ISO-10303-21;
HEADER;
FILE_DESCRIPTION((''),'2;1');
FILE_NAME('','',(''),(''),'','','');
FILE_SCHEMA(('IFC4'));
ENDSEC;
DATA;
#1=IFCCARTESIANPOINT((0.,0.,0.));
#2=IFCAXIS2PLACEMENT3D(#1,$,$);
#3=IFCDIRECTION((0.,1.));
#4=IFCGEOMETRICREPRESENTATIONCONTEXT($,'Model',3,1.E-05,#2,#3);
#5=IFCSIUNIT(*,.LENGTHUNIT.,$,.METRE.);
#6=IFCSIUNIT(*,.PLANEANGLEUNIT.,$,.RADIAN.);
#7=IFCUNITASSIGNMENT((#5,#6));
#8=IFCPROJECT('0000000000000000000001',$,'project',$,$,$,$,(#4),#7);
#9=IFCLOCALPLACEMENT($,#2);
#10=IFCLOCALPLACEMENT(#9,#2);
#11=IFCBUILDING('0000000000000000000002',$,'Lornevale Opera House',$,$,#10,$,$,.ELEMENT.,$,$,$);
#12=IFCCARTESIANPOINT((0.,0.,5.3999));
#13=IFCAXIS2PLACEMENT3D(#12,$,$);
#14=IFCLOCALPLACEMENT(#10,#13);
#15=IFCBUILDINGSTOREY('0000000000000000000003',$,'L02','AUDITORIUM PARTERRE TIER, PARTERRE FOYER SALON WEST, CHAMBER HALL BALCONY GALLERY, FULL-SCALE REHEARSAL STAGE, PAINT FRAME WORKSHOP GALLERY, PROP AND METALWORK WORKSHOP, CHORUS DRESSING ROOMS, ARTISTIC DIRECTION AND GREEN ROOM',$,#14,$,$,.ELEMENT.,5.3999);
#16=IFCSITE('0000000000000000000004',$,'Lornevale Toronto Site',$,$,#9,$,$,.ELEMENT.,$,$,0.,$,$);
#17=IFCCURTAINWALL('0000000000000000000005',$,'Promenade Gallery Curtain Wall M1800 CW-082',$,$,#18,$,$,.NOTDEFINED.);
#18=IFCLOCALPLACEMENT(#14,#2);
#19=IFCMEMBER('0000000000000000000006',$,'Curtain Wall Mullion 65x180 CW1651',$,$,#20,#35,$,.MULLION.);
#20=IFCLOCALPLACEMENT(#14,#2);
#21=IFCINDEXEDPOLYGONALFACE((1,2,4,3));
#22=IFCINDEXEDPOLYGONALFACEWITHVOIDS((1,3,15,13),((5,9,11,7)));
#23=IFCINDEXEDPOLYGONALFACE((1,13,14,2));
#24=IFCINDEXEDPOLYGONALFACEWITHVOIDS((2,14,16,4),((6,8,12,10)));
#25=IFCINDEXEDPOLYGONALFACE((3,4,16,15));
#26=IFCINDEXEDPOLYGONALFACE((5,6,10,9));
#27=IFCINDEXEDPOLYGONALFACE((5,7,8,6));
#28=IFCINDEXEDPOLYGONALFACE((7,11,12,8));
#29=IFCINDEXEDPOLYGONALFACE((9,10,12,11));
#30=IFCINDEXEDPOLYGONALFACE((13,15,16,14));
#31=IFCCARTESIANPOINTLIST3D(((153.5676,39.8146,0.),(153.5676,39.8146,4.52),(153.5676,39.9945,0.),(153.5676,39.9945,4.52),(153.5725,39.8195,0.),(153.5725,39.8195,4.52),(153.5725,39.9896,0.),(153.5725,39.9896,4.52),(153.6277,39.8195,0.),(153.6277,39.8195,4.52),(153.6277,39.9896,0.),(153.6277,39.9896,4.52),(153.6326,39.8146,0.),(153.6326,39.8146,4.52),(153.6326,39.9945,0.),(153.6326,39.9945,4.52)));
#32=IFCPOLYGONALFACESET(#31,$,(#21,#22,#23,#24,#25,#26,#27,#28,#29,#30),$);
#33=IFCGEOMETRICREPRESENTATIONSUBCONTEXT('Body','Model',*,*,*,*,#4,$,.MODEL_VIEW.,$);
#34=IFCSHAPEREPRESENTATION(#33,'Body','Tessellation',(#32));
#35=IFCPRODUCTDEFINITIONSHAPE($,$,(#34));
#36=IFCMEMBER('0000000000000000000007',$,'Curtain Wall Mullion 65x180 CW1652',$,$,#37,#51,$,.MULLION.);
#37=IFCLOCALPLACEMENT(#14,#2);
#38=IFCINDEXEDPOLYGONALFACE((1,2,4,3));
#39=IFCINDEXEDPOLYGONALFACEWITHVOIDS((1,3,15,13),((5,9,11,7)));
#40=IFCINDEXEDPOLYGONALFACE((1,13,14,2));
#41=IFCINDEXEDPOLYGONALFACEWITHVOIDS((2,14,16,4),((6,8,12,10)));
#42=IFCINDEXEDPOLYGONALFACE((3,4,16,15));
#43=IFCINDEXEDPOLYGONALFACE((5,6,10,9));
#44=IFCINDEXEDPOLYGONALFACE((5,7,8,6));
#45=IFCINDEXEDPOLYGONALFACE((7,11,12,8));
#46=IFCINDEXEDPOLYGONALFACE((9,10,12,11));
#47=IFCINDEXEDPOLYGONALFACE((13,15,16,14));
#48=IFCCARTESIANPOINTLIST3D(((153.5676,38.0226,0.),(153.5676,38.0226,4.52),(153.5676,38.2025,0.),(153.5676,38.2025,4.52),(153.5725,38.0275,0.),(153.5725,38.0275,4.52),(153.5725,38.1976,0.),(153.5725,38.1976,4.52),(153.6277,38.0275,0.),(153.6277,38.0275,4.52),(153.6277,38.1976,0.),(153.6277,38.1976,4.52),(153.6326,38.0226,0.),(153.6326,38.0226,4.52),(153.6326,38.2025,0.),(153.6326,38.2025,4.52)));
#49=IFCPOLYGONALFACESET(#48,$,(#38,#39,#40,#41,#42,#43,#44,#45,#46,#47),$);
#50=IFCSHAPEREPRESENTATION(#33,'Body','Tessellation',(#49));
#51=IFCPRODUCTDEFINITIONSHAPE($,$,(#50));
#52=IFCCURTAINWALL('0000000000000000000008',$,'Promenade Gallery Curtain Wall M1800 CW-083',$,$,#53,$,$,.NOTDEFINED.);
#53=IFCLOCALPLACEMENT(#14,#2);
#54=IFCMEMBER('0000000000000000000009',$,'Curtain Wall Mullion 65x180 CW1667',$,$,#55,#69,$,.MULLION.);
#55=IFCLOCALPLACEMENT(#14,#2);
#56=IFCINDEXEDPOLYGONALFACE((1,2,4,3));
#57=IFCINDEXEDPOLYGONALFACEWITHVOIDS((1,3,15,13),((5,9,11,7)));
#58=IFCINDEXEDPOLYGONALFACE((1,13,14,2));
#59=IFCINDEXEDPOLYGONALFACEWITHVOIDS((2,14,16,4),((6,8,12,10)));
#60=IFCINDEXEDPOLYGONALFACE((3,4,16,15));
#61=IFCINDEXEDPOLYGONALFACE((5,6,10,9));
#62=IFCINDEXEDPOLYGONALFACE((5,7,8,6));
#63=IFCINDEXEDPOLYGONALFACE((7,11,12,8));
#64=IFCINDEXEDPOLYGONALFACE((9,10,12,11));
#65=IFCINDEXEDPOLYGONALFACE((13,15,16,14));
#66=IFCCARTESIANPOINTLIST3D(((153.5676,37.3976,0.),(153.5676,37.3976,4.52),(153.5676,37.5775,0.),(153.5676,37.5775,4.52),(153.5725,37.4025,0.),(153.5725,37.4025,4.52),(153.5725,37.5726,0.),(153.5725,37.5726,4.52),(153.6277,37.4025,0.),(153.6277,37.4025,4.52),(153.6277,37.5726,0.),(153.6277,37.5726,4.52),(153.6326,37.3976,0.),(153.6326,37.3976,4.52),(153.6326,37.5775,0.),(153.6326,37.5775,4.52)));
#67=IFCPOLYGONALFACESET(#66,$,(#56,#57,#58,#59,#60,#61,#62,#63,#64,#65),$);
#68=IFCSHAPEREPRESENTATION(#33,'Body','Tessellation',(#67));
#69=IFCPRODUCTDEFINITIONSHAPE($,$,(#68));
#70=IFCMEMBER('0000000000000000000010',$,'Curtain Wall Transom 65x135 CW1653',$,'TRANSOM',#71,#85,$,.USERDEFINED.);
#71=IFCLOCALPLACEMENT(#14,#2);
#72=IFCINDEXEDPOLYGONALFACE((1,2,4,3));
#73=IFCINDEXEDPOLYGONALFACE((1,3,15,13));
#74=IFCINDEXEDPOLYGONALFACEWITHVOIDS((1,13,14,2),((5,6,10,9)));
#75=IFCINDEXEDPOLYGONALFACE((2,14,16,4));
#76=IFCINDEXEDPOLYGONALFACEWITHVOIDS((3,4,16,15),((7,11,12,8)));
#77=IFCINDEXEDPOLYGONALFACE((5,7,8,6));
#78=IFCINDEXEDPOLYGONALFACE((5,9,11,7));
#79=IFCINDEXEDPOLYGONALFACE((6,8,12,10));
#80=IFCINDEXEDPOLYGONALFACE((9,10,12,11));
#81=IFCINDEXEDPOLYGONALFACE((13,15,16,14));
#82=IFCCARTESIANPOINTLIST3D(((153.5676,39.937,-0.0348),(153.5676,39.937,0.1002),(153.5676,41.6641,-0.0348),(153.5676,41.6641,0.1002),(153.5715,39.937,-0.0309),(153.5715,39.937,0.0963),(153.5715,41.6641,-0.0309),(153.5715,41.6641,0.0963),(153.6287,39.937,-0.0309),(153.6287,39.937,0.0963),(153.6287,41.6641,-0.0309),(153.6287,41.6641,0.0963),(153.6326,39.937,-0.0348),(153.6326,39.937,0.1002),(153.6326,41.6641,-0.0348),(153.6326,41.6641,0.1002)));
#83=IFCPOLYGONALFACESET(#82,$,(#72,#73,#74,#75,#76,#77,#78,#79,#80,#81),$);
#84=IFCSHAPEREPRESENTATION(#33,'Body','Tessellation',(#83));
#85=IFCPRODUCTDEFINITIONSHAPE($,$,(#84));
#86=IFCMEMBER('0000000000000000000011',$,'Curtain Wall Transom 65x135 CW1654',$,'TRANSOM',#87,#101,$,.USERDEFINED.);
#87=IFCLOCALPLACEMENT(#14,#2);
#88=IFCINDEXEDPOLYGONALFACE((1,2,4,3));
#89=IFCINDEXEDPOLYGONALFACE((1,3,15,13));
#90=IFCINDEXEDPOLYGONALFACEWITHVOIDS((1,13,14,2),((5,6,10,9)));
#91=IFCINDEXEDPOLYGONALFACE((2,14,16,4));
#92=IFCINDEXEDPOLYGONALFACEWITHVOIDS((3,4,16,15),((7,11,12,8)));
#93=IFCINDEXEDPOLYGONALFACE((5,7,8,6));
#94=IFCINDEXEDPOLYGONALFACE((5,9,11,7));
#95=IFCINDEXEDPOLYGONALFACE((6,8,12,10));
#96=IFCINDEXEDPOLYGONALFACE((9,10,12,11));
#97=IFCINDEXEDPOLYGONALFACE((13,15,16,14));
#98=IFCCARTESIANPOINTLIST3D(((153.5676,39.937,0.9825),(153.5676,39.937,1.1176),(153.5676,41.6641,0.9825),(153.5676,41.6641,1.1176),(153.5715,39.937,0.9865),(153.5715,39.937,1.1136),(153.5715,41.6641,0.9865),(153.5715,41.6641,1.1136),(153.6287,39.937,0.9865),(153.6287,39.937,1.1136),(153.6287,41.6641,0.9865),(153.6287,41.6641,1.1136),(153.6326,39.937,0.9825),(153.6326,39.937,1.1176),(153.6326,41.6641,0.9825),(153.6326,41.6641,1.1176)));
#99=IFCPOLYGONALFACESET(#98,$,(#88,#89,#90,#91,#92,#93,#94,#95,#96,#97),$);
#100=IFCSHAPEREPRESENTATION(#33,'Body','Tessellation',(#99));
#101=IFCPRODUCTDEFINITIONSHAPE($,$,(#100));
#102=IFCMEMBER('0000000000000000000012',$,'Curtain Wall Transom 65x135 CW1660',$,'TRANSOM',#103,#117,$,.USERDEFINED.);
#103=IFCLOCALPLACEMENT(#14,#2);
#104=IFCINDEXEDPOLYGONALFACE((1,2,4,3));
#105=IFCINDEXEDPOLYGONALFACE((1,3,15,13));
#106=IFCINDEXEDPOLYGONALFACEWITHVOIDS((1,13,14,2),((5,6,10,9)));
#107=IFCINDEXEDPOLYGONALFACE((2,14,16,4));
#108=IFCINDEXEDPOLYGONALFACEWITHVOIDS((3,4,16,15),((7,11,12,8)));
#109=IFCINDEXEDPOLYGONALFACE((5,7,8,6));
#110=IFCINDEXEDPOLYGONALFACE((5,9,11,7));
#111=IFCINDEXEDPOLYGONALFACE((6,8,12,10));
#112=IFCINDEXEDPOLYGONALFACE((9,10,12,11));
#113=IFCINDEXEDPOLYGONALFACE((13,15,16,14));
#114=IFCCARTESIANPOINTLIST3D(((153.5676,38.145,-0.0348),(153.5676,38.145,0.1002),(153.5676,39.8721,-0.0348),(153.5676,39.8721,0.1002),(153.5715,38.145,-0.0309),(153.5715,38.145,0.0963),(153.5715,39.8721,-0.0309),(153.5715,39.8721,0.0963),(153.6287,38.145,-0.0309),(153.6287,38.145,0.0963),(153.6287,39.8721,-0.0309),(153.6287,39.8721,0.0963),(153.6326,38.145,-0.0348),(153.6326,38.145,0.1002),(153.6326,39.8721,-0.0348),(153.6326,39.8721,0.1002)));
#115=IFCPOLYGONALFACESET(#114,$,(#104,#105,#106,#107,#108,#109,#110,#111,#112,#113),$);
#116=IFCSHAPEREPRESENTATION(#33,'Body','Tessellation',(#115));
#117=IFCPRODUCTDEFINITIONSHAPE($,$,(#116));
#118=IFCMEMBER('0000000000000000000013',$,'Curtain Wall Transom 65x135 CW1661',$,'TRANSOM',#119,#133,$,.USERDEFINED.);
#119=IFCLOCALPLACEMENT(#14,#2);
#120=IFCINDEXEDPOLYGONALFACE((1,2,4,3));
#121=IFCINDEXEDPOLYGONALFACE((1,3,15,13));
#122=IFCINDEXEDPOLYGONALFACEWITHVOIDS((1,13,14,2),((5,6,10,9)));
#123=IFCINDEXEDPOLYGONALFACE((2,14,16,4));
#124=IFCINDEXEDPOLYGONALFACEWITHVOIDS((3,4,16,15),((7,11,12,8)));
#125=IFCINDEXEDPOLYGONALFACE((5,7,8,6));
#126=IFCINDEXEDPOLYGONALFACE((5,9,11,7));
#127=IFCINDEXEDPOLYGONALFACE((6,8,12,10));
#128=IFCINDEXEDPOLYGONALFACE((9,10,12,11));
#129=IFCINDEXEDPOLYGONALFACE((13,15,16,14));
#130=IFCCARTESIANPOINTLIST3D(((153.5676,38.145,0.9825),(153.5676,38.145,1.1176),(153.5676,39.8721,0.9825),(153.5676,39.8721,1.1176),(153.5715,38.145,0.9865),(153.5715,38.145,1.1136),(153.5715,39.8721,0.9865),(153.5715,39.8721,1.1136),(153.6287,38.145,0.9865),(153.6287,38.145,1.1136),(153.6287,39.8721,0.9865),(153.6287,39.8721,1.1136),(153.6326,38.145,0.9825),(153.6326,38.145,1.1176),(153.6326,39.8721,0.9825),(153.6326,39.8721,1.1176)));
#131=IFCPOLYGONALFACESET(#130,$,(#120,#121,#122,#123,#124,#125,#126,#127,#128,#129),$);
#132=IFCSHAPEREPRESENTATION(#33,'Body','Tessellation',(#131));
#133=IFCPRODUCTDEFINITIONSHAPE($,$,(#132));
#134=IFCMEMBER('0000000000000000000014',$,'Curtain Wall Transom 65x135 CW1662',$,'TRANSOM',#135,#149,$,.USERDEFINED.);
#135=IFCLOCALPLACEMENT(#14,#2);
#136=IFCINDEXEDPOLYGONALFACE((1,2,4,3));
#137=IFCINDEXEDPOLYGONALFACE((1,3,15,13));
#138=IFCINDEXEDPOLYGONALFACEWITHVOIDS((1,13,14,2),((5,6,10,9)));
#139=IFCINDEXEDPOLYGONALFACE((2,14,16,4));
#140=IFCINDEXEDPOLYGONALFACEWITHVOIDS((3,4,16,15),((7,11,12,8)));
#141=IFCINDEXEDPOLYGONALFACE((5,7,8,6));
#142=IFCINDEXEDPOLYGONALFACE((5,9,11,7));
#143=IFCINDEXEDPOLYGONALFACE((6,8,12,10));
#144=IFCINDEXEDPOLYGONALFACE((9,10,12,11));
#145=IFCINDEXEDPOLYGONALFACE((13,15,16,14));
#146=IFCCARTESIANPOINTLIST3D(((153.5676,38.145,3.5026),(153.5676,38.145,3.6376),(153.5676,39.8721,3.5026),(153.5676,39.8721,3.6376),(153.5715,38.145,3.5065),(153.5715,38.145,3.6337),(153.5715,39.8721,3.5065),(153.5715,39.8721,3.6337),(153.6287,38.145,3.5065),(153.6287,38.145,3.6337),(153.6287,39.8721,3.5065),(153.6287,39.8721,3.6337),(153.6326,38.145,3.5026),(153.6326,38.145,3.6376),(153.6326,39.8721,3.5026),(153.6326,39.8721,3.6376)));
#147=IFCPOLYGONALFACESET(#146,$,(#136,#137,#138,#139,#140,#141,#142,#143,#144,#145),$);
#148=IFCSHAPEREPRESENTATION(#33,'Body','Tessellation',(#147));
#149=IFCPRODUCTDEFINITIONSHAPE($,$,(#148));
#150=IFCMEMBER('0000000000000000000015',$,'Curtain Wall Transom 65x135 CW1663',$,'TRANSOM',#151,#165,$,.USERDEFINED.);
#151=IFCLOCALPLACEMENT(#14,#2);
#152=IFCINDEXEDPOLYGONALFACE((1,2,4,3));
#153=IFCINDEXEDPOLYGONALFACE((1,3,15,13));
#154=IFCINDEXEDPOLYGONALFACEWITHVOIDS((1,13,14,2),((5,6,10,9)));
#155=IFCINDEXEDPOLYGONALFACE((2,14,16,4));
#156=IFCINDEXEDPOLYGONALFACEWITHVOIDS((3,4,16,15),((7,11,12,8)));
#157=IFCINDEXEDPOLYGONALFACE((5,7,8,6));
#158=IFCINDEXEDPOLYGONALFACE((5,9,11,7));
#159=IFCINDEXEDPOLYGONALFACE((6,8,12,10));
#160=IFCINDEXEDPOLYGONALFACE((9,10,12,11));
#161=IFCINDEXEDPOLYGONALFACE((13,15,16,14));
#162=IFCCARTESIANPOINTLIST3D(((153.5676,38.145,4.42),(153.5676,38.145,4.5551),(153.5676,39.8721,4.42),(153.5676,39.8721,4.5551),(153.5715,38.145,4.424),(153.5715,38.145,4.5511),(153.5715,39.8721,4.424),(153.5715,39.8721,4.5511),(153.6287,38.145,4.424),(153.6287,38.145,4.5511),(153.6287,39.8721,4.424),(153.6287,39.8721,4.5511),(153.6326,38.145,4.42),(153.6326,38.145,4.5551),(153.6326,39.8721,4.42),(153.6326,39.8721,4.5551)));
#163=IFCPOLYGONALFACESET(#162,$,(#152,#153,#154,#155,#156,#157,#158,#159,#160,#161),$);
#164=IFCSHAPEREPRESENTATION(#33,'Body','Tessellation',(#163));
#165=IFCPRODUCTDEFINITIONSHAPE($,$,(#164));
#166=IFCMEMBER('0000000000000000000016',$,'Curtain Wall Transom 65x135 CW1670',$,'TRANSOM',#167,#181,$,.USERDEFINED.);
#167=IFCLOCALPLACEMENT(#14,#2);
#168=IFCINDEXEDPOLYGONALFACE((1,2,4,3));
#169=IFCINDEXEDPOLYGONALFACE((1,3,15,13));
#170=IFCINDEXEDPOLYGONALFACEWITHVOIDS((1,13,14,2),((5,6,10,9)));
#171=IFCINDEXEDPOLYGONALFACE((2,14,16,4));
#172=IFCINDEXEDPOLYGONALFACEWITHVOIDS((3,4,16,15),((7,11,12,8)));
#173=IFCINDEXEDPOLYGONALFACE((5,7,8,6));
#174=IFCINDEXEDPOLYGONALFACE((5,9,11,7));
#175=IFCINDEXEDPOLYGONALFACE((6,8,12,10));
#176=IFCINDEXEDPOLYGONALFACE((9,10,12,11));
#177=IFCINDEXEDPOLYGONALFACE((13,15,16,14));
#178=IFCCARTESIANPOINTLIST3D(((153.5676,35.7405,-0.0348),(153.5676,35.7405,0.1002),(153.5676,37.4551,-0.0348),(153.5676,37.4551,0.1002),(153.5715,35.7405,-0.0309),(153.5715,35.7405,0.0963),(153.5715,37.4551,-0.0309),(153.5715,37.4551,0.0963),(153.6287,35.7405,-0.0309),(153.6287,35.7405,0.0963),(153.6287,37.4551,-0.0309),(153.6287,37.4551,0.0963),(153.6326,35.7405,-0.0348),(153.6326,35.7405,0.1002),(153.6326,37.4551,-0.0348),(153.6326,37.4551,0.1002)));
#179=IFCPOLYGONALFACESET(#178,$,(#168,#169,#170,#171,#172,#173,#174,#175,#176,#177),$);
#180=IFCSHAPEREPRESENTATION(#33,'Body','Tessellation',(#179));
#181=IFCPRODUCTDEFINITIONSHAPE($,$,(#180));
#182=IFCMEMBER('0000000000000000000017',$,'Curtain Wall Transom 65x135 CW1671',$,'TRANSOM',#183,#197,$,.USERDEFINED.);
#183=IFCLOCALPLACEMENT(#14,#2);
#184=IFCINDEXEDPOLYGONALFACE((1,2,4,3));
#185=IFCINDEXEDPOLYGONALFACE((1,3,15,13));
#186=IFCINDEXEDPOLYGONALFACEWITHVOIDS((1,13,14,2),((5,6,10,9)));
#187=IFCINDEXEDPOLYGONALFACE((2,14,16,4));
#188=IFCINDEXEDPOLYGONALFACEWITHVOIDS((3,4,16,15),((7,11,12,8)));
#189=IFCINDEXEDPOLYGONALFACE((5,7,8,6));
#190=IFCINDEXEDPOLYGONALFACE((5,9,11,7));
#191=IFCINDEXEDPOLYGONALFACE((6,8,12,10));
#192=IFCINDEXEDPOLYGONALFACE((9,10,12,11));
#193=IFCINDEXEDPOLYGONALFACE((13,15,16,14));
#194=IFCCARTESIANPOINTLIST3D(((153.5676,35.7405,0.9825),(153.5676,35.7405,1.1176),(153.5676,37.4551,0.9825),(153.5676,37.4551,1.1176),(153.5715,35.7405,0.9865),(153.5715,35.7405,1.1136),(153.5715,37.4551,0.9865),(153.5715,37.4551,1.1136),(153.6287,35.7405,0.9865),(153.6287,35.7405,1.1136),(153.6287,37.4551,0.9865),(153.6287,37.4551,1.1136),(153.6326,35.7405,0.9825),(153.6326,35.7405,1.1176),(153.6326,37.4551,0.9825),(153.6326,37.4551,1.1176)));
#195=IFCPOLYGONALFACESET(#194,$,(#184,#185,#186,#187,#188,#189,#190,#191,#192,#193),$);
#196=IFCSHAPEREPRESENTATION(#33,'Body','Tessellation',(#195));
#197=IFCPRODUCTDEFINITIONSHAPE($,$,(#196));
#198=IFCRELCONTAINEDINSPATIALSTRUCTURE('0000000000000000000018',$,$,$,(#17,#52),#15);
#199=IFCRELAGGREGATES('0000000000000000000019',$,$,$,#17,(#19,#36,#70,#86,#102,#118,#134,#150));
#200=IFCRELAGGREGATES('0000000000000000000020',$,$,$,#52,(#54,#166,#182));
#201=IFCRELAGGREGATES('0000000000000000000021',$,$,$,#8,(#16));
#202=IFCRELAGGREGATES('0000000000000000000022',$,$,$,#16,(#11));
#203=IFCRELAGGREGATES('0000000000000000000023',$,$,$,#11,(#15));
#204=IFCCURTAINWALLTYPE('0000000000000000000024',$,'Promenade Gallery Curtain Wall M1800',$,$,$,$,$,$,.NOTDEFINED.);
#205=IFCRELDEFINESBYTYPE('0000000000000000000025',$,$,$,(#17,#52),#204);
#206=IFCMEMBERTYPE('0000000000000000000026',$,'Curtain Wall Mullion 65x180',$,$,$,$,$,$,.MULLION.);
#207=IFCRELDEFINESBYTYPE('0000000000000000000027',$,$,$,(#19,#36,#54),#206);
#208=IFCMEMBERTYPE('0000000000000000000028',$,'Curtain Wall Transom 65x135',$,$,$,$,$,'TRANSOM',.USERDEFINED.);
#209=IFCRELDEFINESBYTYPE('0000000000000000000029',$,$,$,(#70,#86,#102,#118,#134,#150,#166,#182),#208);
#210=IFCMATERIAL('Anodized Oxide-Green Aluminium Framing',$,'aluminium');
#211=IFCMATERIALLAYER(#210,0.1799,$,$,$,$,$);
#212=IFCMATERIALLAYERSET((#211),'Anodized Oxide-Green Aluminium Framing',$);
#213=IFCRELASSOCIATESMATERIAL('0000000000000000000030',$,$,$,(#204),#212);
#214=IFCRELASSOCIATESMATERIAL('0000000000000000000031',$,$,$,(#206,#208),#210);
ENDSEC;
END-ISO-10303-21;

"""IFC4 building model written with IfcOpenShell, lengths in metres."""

from ifc_helpers import new_model, si_unit, direction, frame, origin, origin_2d, place, context, subcontext, project, spatial, hollow_rectangle, extrude, material, layer, layer_set, material_profile, profile_set, type_object, element, aggregate, save


model = new_model("IFC4")

# Units and contexts
model_context = context("Model", 3, precision=1e-05, world=origin(), true_north=direction((0.0, 1.0)))
body_context = subcontext(model_context, "Body", "Model", "MODEL_VIEW")
ifc_project = project(units=[si_unit("LENGTHUNIT", "METRE"), si_unit("PLANEANGLEUNIT", "RADIAN")], contexts=[model_context])

# Site, building, storey
site_placement = place(None, origin())
site = spatial("IfcSite", under=ifc_project, at=site_placement, Name="Lornevale Toronto Site", CompositionType="ELEMENT", RefElevation=0.0)
building_placement = place(site_placement, origin())
building = spatial("IfcBuilding", under=site, at=building_placement, Name="Lornevale Opera House", CompositionType="ELEMENT")
storey_placement = place(building_placement, frame((0.0, 0.0, 5.3999)))
storey = spatial("IfcBuildingStorey", under=building, at=storey_placement, Name="L02", Description="AUDITORIUM PARTERRE TIER, PARTERRE FOYER SALON WEST, CHAMBER HALL BALCONY GALLERY, FULL-SCALE REHEARSAL STAGE, PAINT FRAME WORKSHOP GALLERY, PROP AND METALWORK WORKSHOP, CHORUS DRESSING ROOMS, ARTISTIC DIRECTION AND GREEN ROOM", CompositionType="ELEMENT", Elevation=5.3999)

# Curtain wall, members
ifc_material_1 = material(Name="Anodized Oxide-Green Aluminium Framing", Category="aluminium")
ifc_layer_1 = layer(ifc_material_1, 0.1799)
ifc_layer_set_1 = layer_set([ifc_layer_1], Name="Anodized Oxide-Green Aluminium Framing")
curtain_wall_type = type_object("IfcCurtainWallType", Name="Promenade Gallery Curtain Wall M1800", PredefinedType="NOTDEFINED", material=ifc_layer_set_1)
curtain_wall_1_placement = place(storey_placement, origin())
curtain_wall_1 = element("IfcCurtainWall", 1, at=curtain_wall_1_placement, inside=storey, type_object=curtain_wall_type, Name="Promenade Gallery Curtain Wall M1800 CW-082", PredefinedType="NOTDEFINED")
ifc_material_profile_1 = material_profile(ifc_material_1, hollow_rectangle(XDim=0.0649, YDim=0.1799, WallThickness=0.0049, at=origin_2d()), Name="ALU65x180x5")
ifc_profile_set_1 = profile_set([ifc_material_profile_1], Name="Anodized Oxide-Green Aluminium Framing")
member_type_1 = type_object("IfcMemberType", Name="Curtain Wall Mullion 65x180", PredefinedType="MULLION", material=ifc_profile_set_1)
member_1_placement = place(storey_placement, frame((153.6001, 39.9045, 0.0), z_axis=(0.0, 0.0, 1.0), x_axis=(1.0, 0.0, 0.0)))
member_1 = element("IfcMember", 2, at=member_1_placement, type_object=member_type_1, Name="Curtain Wall Mullion 65x180 CW1651", PredefinedType="MULLION", context=body_context, shape_type="SweptSolid", body=[
    extrude(hollow_rectangle(XDim=0.0649, YDim=0.1799, WallThickness=0.0049, at=origin_2d()), origin(), (0.0, 0.0, 1.0), 4.52),
])
member_2_placement = place(storey_placement, frame((153.6001, 38.1125, 0.0), z_axis=(0.0, 0.0, 1.0), x_axis=(1.0, 0.0, 0.0)))
member_2 = element("IfcMember", 3, at=member_2_placement, type_object=member_type_1, Name="Curtain Wall Mullion 65x180 CW1652", PredefinedType="MULLION", context=body_context, shape_type="SweptSolid", body=[
    extrude(hollow_rectangle(XDim=0.0649, YDim=0.1799, WallThickness=0.0049, at=origin_2d()), origin(), (0.0, 0.0, 1.0), 4.52),
])

# Curtain wall, member
curtain_wall_2_placement = place(storey_placement, origin())
curtain_wall_2 = element("IfcCurtainWall", 4, at=curtain_wall_2_placement, inside=storey, type_object=curtain_wall_type, Name="Promenade Gallery Curtain Wall M1800 CW-083", PredefinedType="NOTDEFINED")
member_3_placement = place(storey_placement, frame((153.6001, 37.4875, 0.0), z_axis=(0.0, 0.0, 1.0), x_axis=(1.0, 0.0, 0.0)))
member_3 = element("IfcMember", 5, at=member_3_placement, type_object=member_type_1, Name="Curtain Wall Mullion 65x180 CW1667", PredefinedType="MULLION", context=body_context, shape_type="SweptSolid", body=[
    extrude(hollow_rectangle(XDim=0.0649, YDim=0.1799, WallThickness=0.0049, at=origin_2d()), origin(), (0.0, 0.0, 1.0), 4.52),
])

# Members
ifc_material_profile_2 = material_profile(ifc_material_1, hollow_rectangle(XDim=0.0649, YDim=0.135, WallThickness=0.0039, at=origin_2d()), Name="ALU65x135x4")
ifc_profile_set_2 = profile_set([ifc_material_profile_2], Name="Anodized Oxide-Green Aluminium Framing")
member_type_2 = type_object("IfcMemberType", Name="Curtain Wall Transom 65x135", ElementType="TRANSOM", PredefinedType="USERDEFINED", material=ifc_profile_set_2)
member_4_placement = place(storey_placement, frame((153.6001, 41.6641, 0.0327), z_axis=(0.0, -1.0, 0.0), x_axis=(1.0, 0.0, 0.0)))
member_4 = element("IfcMember", 6, at=member_4_placement, type_object=member_type_2, Name="Curtain Wall Transom 65x135 CW1653", ObjectType="TRANSOM", PredefinedType="USERDEFINED", context=body_context, shape_type="SweptSolid", body=[
    extrude(hollow_rectangle(XDim=0.0649, YDim=0.135, WallThickness=0.0039, at=origin_2d()), origin(), (0.0, 0.0, 1.0), 1.7271),
])
member_5_placement = place(storey_placement, frame((153.6001, 41.6641, 1.05), z_axis=(0.0, -1.0, 0.0), x_axis=(1.0, 0.0, 0.0)))
member_5 = element("IfcMember", 7, at=member_5_placement, type_object=member_type_2, Name="Curtain Wall Transom 65x135 CW1654", ObjectType="TRANSOM", PredefinedType="USERDEFINED", context=body_context, shape_type="SweptSolid", body=[
    extrude(hollow_rectangle(XDim=0.0649, YDim=0.135, WallThickness=0.0039, at=origin_2d()), origin(), (0.0, 0.0, 1.0), 1.7271),
])
member_6_placement = place(storey_placement, frame((153.6001, 39.8721, 0.0327), z_axis=(0.0, -1.0, 0.0), x_axis=(1.0, 0.0, 0.0)))
member_6 = element("IfcMember", 8, at=member_6_placement, type_object=member_type_2, Name="Curtain Wall Transom 65x135 CW1660", ObjectType="TRANSOM", PredefinedType="USERDEFINED", context=body_context, shape_type="SweptSolid", body=[
    extrude(hollow_rectangle(XDim=0.0649, YDim=0.135, WallThickness=0.0039, at=origin_2d()), origin(), (0.0, 0.0, 1.0), 1.7271),
])
member_7_placement = place(storey_placement, frame((153.6001, 39.8721, 1.05), z_axis=(0.0, -1.0, 0.0), x_axis=(1.0, 0.0, 0.0)))
member_7 = element("IfcMember", 9, at=member_7_placement, type_object=member_type_2, Name="Curtain Wall Transom 65x135 CW1661", ObjectType="TRANSOM", PredefinedType="USERDEFINED", context=body_context, shape_type="SweptSolid", body=[
    extrude(hollow_rectangle(XDim=0.0649, YDim=0.135, WallThickness=0.0039, at=origin_2d()), origin(), (0.0, 0.0, 1.0), 1.7271),
])
member_8_placement = place(storey_placement, frame((153.6001, 39.8721, 3.5701), z_axis=(0.0, -1.0, 0.0), x_axis=(1.0, 0.0, 0.0)))
member_8 = element("IfcMember", 10, at=member_8_placement, type_object=member_type_2, Name="Curtain Wall Transom 65x135 CW1662", ObjectType="TRANSOM", PredefinedType="USERDEFINED", context=body_context, shape_type="SweptSolid", body=[
    extrude(hollow_rectangle(XDim=0.0649, YDim=0.135, WallThickness=0.0039, at=origin_2d()), origin(), (0.0, 0.0, 1.0), 1.7271),
])
member_9_placement = place(storey_placement, frame((153.6001, 39.8721, 4.4875), z_axis=(0.0, -1.0, 0.0), x_axis=(1.0, 0.0, 0.0)))
member_9 = element("IfcMember", 11, at=member_9_placement, type_object=member_type_2, Name="Curtain Wall Transom 65x135 CW1663", ObjectType="TRANSOM", PredefinedType="USERDEFINED", context=body_context, shape_type="SweptSolid", body=[
    extrude(hollow_rectangle(XDim=0.0649, YDim=0.135, WallThickness=0.0039, at=origin_2d()), origin(), (0.0, 0.0, 1.0), 1.7271),
])
member_10_placement = place(storey_placement, frame((153.6001, 37.4551, 0.0327), z_axis=(0.0, -1.0, 0.0), x_axis=(1.0, 0.0, 0.0)))
member_10 = element("IfcMember", 12, at=member_10_placement, type_object=member_type_2, Name="Curtain Wall Transom 65x135 CW1670", ObjectType="TRANSOM", PredefinedType="USERDEFINED", context=body_context, shape_type="SweptSolid", body=[
    extrude(hollow_rectangle(XDim=0.0649, YDim=0.135, WallThickness=0.0039, at=origin_2d()), origin(), (0.0, 0.0, 1.0), 1.7146),
])
member_11_placement = place(storey_placement, frame((153.6001, 37.4551, 1.05), z_axis=(0.0, -1.0, 0.0), x_axis=(1.0, 0.0, 0.0)))
member_11 = element("IfcMember", 13, at=member_11_placement, type_object=member_type_2, Name="Curtain Wall Transom 65x135 CW1671", ObjectType="TRANSOM", PredefinedType="USERDEFINED", context=body_context, shape_type="SweptSolid", body=[
    extrude(hollow_rectangle(XDim=0.0649, YDim=0.135, WallThickness=0.0039, at=origin_2d()), origin(), (0.0, 0.0, 1.0), 1.7146),
])

aggregate(curtain_wall_1, [member_1, member_2, member_4, member_5, member_6, member_7, member_8, member_9])
aggregate(curtain_wall_2, [member_3, member_10, member_11])

save(model, "model.ifc")
